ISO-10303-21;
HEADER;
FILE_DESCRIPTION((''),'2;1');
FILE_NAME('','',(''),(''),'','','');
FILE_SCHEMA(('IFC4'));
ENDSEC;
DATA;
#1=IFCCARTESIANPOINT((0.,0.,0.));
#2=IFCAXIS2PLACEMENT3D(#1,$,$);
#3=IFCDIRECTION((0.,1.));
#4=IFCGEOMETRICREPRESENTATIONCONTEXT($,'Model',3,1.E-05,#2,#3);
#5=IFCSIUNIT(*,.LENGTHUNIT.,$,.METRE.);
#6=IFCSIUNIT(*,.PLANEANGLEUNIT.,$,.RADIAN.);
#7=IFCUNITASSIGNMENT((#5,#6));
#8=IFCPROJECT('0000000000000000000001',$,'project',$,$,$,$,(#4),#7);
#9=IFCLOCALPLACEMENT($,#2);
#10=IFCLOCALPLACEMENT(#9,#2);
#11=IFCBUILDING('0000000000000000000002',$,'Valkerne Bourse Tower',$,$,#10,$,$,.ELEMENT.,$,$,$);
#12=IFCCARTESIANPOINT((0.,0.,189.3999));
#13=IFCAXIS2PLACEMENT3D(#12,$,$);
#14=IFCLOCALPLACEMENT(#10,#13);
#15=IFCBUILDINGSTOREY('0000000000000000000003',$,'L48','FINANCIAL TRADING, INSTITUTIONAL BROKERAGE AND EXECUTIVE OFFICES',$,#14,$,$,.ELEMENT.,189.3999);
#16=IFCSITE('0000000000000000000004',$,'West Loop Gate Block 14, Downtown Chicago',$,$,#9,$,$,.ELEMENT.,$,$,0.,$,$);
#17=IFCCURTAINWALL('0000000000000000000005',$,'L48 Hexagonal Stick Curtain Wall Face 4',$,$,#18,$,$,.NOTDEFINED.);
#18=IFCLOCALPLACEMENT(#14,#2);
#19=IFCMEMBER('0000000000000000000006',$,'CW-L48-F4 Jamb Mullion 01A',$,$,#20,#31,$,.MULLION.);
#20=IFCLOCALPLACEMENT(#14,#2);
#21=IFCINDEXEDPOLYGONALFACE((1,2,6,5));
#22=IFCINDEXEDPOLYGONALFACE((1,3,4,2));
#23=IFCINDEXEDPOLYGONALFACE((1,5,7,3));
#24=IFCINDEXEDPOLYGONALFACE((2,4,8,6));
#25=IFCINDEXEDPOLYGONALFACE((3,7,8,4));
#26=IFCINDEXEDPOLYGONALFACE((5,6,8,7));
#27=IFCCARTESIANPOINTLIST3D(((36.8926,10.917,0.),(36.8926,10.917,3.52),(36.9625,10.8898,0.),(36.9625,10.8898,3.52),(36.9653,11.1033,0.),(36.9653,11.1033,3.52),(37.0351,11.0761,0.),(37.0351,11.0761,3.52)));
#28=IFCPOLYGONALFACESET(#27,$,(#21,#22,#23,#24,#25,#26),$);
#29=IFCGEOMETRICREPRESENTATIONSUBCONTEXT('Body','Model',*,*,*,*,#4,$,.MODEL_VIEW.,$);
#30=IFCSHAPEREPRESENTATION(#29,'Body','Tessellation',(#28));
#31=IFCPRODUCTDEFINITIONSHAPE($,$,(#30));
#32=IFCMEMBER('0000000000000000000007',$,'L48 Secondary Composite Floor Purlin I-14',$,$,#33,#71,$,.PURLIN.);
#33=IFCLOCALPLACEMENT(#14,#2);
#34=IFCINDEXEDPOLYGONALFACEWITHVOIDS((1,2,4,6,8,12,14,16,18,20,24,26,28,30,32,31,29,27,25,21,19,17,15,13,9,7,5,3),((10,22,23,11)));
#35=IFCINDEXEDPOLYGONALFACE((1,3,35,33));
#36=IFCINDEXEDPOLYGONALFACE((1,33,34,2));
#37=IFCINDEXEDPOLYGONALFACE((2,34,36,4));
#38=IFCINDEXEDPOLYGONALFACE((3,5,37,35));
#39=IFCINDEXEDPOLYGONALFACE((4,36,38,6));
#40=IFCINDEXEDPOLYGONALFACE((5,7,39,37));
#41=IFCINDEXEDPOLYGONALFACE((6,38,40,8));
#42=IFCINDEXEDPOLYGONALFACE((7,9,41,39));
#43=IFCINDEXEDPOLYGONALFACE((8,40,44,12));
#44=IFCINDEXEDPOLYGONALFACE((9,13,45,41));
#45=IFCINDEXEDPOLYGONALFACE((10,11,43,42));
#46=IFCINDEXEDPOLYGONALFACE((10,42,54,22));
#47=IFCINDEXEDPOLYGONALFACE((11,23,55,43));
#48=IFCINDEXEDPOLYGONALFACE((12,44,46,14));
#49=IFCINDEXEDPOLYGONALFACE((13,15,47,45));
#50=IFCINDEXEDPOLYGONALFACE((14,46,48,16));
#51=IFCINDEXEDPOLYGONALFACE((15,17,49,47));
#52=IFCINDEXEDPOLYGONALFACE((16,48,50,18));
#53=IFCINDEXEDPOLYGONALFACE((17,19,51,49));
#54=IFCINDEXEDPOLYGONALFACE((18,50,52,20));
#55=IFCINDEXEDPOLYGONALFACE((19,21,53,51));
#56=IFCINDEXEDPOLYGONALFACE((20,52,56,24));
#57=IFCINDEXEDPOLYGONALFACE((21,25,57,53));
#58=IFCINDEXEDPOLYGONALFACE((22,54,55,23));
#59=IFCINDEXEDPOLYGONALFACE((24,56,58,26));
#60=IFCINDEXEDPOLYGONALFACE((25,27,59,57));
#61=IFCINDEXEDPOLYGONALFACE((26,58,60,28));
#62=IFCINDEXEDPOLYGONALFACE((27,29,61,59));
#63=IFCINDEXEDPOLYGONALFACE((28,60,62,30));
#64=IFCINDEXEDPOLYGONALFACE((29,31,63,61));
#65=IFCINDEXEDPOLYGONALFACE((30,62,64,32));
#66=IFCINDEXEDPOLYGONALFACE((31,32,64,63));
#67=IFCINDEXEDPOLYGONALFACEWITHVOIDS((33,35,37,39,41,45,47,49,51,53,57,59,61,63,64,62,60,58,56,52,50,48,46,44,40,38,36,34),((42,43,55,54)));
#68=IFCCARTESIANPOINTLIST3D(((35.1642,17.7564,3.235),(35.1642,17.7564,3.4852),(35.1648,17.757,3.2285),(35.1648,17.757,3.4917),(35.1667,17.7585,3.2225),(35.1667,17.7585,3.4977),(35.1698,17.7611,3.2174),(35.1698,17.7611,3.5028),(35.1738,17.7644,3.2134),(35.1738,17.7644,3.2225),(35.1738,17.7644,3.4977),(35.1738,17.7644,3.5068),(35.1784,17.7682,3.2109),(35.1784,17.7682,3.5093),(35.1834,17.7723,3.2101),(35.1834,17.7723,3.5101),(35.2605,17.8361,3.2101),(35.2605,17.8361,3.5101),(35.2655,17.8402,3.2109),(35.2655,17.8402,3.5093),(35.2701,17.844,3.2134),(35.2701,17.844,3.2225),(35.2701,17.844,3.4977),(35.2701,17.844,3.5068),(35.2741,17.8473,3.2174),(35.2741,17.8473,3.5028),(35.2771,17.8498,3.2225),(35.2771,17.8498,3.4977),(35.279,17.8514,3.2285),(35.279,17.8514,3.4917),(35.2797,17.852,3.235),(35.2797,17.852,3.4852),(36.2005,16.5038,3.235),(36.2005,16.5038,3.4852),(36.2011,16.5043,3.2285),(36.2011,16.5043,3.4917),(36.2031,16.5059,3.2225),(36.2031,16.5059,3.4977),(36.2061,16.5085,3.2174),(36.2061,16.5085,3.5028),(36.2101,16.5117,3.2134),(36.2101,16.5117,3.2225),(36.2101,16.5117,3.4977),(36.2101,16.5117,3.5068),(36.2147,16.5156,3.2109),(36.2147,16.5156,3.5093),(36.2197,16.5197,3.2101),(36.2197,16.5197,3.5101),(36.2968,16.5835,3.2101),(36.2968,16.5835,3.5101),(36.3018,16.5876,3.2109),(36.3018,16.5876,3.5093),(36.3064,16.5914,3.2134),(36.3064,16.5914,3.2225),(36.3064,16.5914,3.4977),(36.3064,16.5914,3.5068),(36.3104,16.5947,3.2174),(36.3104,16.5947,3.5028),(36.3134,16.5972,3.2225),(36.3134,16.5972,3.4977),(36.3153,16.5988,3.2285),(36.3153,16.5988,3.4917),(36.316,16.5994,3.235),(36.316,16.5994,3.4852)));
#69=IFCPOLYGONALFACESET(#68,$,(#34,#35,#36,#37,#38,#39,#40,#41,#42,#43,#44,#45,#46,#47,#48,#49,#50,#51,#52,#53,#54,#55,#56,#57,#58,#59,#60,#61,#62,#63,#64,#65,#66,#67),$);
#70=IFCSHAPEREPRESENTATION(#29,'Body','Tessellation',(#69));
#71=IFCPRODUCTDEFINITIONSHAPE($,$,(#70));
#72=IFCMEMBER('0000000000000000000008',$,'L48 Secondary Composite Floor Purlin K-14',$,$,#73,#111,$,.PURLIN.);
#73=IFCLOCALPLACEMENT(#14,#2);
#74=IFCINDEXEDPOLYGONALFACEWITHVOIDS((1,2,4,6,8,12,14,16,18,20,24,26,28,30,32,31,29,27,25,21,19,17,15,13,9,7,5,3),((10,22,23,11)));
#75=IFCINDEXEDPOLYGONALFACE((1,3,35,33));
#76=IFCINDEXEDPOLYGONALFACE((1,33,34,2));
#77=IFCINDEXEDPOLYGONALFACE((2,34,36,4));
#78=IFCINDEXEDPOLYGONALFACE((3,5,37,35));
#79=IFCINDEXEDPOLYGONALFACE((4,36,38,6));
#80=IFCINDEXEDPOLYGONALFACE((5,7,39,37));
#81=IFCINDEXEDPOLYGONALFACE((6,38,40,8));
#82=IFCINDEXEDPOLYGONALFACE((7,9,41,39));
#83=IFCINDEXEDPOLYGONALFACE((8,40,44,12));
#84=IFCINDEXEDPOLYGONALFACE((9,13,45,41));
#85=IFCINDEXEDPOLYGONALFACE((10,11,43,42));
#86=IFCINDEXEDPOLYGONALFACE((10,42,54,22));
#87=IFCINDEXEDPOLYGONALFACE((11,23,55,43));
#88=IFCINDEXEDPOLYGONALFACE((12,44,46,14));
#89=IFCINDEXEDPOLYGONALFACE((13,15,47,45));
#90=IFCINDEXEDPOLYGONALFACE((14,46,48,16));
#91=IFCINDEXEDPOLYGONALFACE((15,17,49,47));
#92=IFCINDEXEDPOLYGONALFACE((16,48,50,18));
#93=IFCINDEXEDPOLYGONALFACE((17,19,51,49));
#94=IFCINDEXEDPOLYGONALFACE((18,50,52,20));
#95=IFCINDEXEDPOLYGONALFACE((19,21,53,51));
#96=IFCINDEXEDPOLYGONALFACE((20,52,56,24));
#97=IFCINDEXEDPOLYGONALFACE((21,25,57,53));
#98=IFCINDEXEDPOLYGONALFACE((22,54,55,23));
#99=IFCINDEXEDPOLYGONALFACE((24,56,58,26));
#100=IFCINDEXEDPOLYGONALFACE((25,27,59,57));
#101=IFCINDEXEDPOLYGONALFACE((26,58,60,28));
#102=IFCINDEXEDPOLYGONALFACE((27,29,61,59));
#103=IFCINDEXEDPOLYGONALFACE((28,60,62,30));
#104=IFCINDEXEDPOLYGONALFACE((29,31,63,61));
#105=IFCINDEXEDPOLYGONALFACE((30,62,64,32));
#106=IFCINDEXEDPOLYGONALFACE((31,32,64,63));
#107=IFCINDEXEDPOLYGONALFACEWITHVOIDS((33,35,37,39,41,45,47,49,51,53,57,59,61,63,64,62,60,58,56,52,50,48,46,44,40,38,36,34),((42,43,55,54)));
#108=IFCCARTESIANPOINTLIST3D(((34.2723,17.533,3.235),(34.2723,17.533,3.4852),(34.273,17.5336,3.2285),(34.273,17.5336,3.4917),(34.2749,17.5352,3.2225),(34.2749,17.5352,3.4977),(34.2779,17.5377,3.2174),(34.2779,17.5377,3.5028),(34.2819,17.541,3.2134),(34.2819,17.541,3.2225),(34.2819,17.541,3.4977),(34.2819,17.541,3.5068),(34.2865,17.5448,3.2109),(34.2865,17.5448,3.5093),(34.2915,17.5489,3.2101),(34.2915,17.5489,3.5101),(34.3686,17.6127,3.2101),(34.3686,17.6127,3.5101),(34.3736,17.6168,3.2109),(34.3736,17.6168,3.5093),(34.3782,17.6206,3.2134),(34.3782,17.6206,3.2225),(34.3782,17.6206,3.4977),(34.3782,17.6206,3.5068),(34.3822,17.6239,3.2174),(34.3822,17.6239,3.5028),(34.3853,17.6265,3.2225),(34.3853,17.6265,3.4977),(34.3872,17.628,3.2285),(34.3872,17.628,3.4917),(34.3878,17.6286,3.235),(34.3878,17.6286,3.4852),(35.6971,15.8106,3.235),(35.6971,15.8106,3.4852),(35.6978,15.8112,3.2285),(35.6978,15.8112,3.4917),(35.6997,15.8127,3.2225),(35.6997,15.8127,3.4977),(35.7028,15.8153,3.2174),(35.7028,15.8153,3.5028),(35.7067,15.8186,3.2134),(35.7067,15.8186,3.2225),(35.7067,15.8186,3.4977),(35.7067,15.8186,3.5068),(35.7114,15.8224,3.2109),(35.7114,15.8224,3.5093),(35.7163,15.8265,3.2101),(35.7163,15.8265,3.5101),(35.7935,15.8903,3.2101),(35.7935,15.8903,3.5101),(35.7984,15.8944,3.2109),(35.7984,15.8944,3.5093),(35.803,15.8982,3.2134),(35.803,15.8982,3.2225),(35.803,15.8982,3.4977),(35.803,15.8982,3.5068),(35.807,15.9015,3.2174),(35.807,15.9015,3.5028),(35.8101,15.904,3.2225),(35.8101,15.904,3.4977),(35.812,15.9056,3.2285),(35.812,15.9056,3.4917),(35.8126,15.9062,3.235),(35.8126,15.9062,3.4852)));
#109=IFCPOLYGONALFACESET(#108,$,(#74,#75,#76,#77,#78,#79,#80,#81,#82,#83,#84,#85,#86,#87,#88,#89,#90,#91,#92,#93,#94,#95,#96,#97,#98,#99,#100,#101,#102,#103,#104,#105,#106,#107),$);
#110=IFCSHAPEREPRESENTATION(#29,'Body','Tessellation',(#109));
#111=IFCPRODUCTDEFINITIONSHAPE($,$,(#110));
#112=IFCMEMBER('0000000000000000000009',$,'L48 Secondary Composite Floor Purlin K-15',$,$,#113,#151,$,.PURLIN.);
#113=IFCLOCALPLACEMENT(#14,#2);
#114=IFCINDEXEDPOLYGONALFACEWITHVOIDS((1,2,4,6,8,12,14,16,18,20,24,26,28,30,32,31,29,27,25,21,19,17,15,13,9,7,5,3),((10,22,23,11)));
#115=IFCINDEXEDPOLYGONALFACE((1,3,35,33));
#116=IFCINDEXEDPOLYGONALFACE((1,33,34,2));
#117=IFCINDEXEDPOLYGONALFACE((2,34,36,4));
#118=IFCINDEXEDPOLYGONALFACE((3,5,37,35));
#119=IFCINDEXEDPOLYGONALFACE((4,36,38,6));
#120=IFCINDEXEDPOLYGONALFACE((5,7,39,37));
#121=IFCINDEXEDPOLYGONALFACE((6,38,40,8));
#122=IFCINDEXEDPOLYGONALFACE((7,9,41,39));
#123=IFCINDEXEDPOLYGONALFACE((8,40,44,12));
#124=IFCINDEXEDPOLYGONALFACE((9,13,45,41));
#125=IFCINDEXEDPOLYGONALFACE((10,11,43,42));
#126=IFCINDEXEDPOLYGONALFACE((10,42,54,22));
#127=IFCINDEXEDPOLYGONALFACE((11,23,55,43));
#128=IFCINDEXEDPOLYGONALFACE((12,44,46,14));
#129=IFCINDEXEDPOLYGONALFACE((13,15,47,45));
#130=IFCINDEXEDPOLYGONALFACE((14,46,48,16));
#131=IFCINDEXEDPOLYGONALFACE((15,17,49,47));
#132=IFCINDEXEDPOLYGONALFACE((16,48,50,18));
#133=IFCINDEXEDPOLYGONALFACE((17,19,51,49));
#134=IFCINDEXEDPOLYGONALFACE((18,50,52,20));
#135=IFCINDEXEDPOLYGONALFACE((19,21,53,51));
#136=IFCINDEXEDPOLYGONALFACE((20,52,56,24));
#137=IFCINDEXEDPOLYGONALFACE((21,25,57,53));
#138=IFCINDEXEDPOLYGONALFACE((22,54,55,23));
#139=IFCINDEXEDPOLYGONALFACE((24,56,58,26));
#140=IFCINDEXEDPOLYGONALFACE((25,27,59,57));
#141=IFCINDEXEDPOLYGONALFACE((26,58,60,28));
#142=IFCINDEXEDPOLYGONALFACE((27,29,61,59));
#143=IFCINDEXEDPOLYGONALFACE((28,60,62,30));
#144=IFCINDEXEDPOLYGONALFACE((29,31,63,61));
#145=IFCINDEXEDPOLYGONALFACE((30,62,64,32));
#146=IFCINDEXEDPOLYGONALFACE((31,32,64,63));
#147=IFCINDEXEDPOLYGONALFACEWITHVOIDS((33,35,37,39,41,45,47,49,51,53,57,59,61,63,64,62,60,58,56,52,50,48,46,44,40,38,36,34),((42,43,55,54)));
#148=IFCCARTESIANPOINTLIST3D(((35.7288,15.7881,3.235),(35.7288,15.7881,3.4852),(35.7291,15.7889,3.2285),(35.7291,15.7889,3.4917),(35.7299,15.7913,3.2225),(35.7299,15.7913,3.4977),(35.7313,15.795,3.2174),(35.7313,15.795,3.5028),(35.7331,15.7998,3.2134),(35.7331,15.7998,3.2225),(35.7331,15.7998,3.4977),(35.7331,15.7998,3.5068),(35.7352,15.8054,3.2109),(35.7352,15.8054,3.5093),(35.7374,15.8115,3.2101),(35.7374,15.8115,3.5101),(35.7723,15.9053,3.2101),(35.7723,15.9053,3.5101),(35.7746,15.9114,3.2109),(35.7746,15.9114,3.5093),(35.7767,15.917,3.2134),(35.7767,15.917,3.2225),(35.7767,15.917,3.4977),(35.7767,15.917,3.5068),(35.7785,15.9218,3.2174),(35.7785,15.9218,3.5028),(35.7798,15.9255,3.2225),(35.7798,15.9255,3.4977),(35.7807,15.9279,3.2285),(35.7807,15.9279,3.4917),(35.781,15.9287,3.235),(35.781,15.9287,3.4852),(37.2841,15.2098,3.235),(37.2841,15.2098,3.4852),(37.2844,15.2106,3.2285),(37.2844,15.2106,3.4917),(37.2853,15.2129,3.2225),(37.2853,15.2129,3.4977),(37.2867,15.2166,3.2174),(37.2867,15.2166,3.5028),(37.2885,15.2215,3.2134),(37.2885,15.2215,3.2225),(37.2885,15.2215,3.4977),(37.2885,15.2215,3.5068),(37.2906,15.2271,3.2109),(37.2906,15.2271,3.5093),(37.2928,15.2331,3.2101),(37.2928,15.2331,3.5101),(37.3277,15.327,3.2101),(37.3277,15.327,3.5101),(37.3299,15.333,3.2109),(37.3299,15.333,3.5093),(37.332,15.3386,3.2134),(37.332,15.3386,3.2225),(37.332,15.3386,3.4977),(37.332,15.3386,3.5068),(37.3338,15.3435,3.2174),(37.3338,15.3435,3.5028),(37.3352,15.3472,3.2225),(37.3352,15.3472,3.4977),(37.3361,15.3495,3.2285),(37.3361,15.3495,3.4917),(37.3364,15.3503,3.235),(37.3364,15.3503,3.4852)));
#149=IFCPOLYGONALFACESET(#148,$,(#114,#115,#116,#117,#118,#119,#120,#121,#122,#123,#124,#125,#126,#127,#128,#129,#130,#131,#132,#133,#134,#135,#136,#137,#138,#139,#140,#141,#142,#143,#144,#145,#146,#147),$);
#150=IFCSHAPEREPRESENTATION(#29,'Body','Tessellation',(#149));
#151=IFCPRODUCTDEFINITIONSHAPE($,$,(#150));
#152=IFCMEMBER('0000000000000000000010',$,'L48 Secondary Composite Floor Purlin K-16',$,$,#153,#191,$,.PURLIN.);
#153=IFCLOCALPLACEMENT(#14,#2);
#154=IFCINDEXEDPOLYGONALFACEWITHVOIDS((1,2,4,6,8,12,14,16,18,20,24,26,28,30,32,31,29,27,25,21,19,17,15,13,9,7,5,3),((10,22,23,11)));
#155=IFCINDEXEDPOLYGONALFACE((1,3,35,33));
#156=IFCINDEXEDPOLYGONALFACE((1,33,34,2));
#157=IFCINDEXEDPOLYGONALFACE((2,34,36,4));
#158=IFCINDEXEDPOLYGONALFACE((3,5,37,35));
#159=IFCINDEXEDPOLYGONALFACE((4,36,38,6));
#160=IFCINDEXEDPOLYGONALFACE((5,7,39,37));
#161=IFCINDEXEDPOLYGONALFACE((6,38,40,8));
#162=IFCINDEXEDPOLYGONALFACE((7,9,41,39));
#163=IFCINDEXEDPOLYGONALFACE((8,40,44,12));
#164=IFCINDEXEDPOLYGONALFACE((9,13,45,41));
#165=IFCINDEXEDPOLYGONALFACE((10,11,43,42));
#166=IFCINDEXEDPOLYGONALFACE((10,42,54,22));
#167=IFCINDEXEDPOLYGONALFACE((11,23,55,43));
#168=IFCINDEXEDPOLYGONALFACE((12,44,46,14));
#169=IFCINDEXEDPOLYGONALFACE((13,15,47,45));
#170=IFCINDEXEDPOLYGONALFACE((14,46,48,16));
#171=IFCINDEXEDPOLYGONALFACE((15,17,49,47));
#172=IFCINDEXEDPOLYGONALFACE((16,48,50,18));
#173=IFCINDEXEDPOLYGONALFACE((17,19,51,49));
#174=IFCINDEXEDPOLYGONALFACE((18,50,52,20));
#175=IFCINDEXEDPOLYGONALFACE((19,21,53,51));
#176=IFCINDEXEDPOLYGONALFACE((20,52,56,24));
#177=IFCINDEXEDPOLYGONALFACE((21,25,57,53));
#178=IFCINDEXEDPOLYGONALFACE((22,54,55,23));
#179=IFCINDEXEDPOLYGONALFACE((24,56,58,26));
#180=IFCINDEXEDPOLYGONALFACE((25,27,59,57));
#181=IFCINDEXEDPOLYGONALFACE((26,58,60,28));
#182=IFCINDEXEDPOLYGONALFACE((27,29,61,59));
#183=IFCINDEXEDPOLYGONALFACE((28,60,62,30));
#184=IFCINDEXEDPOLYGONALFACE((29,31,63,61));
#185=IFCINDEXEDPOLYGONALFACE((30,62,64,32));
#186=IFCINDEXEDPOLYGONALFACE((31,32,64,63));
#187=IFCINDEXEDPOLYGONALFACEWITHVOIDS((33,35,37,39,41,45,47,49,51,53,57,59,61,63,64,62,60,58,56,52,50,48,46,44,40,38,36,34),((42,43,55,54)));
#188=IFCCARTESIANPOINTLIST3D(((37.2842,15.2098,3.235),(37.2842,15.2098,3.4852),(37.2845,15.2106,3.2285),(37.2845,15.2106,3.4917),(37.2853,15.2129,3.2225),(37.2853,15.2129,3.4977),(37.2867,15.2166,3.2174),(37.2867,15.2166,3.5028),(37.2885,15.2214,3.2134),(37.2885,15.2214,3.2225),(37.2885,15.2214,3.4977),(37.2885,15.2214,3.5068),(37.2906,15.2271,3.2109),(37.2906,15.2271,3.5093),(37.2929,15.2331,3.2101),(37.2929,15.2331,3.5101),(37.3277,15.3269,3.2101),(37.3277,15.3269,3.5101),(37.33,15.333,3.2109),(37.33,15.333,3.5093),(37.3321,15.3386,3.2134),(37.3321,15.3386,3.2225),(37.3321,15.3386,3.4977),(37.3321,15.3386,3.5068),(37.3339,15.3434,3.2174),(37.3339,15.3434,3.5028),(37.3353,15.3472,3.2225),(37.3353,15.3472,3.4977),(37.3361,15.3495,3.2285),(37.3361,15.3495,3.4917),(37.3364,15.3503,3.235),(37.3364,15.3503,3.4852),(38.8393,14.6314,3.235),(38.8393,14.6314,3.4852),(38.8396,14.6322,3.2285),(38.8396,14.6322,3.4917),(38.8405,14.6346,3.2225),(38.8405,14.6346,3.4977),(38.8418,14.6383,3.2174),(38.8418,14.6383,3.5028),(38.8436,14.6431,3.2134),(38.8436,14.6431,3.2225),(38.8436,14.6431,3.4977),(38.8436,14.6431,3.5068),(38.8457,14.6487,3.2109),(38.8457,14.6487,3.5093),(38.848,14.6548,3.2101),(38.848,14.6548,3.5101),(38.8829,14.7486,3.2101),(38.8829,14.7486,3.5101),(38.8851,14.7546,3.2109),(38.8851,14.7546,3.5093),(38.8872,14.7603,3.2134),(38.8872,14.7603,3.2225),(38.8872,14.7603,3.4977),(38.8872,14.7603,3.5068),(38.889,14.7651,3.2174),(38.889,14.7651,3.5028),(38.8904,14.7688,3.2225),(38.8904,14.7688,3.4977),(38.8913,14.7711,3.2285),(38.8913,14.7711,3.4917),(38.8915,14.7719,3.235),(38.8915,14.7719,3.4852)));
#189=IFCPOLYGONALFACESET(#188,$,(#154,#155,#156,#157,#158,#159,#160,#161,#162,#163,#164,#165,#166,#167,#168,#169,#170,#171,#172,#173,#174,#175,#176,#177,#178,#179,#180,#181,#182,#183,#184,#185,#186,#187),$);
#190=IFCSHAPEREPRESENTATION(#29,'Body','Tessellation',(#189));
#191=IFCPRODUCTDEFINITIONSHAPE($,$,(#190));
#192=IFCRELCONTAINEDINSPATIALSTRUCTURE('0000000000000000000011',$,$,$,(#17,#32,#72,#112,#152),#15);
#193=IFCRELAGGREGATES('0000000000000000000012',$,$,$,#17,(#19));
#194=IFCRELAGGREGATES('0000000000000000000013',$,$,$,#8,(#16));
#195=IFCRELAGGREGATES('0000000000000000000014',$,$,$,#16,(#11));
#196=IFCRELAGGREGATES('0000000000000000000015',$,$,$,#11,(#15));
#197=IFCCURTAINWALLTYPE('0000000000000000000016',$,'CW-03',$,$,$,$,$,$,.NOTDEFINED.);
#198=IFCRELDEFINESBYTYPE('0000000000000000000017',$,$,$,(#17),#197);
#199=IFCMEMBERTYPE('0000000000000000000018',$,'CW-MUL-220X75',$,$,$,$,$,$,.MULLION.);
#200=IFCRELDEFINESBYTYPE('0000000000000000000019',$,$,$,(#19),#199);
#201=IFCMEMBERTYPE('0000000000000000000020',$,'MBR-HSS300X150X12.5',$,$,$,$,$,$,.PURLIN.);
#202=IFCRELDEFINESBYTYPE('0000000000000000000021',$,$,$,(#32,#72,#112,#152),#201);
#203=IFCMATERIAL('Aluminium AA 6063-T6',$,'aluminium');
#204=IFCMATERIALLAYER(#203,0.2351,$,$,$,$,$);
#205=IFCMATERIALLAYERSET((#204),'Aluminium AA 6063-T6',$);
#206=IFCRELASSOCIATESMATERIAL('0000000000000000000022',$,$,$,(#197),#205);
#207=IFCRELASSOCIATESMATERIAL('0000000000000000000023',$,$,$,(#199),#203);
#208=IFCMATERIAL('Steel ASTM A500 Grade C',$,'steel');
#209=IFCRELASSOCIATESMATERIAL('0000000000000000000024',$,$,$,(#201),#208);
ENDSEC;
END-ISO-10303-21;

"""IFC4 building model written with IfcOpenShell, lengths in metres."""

from ifc_helpers import new_model, si_unit, direction, frame, origin, origin_2d, place, context, subcontext, project, spatial, rectangle, hollow_rectangle, extrude, material, layer, layer_set, material_profile, profile_set, type_object, element, aggregate, save


model = new_model("IFC4")

# Units and contexts
model_context = context("Model", 3, precision=1e-05, world=origin(), true_north=direction((0.0, 1.0)))
body_context = subcontext(model_context, "Body", "Model", "MODEL_VIEW")
ifc_project = project(units=[si_unit("LENGTHUNIT", "METRE"), si_unit("PLANEANGLEUNIT", "RADIAN")], contexts=[model_context])

# Site, building, storey
site_placement = place(None, origin())
site = spatial("IfcSite", under=ifc_project, at=site_placement, Name="West Loop Gate Block 14, Downtown Chicago", CompositionType="ELEMENT", RefElevation=0.0)
building_placement = place(site_placement, origin())
building = spatial("IfcBuilding", under=site, at=building_placement, Name="Valkerne Bourse Tower", CompositionType="ELEMENT")
storey_placement = place(building_placement, frame((0.0, 0.0, 189.3999)))
storey = spatial("IfcBuildingStorey", under=building, at=storey_placement, Name="L48", Description="FINANCIAL TRADING, INSTITUTIONAL BROKERAGE AND EXECUTIVE OFFICES", CompositionType="ELEMENT", Elevation=189.3999)

# Curtain wall, member
ifc_material_1 = material(Name="Aluminium AA 6063-T6", Category="aluminium")
ifc_layer_1 = layer(ifc_material_1, 0.2351)
ifc_layer_set_1 = layer_set([ifc_layer_1], Name="Aluminium AA 6063-T6")
curtain_wall_type = type_object("IfcCurtainWallType", Name="CW-03", PredefinedType="NOTDEFINED", material=ifc_layer_set_1)
curtain_wall_placement = place(storey_placement, origin())
curtain_wall = element("IfcCurtainWall", 1, at=curtain_wall_placement, inside=storey, type_object=curtain_wall_type, Name="L48 Hexagonal Stick Curtain Wall Face 4", PredefinedType="NOTDEFINED")
ifc_material_profile_1 = material_profile(ifc_material_1, rectangle(XDim=0.075, YDim=0.2, at=origin_2d()), Name="CWM-75X200")
ifc_profile_set_1 = profile_set([ifc_material_profile_1], Name="Aluminium AA 6063-T6")
member_type_1 = type_object("IfcMemberType", Name="CW-MUL-220X75", PredefinedType="MULLION", material=ifc_profile_set_1)
member_1_placement = place(storey_placement, frame((36.9639, 10.9966, 0.0), z_axis=(0.0, 0.0, 1.0), x_axis=(0.931693, -0.363247, 0.0)))
member_1 = element("IfcMember", 2, at=member_1_placement, type_object=member_type_1, Name="CW-L48-F4 Jamb Mullion 01A", PredefinedType="MULLION", context=body_context, shape_type="SweptSolid", body=[
    extrude(rectangle(XDim=0.075, YDim=0.2, at=origin_2d()), origin(), (0.0, 0.0, 1.0), 3.52),
])

# Members
ifc_material_2 = material(Name="Steel ASTM A500 Grade C", Category="steel")
ifc_material_profile_2 = material_profile(ifc_material_2, hollow_rectangle(XDim=0.1499, YDim=0.3, WallThickness=0.0125, OuterFilletRadius=0.0249, at=origin_2d()), Name="HSS300X150X12.5")
ifc_profile_set_2 = profile_set([ifc_material_profile_2], Name="Steel ASTM A500 Grade C")
member_type_2 = type_object("IfcMemberType", Name="MBR-HSS300X150X12.5", PredefinedType="PURLIN", material=ifc_profile_set_2)
member_2_placement = place(storey_placement, frame((35.2219, 17.8042, 3.3601), z_axis=(0.637448, -0.770494, 0.0), x_axis=(0.770494, 0.637448, 0.0)))
element("IfcMember", 3, at=member_2_placement, inside=storey, type_object=member_type_2, Name="L48 Secondary Composite Floor Purlin I-14", PredefinedType="PURLIN", context=body_context, shape_type="SweptSolid", body=[
    extrude(hollow_rectangle(XDim=0.1499, YDim=0.3, WallThickness=0.0125, OuterFilletRadius=0.0249, at=origin_2d()), origin(), (0.0, 0.0, 1.0), 1.6257),
])
member_3_placement = place(storey_placement, frame((34.3301, 17.5808, 3.3601), z_axis=(0.637398, -0.770535, 0.0), x_axis=(0.770535, 0.637398, 0.0)))
element("IfcMember", 4, at=member_3_placement, inside=storey, type_object=member_type_2, Name="L48 Secondary Composite Floor Purlin K-14", PredefinedType="PURLIN", context=body_context, shape_type="SweptSolid", body=[
    extrude(hollow_rectangle(XDim=0.1499, YDim=0.3, WallThickness=0.0125, OuterFilletRadius=0.0249, at=origin_2d()), origin(), (0.0, 0.0, 1.0), 2.2354),
])
member_4_placement = place(storey_placement, frame((35.7549, 15.8584, 3.3601), z_axis=(0.937299, -0.348526, 0.0), x_axis=(0.348526, 0.937299, 0.0)))
element("IfcMember", 5, at=member_4_placement, inside=storey, type_object=member_type_2, Name="L48 Secondary Composite Floor Purlin K-15", PredefinedType="PURLIN", context=body_context, shape_type="SweptSolid", body=[
    extrude(hollow_rectangle(XDim=0.1499, YDim=0.3, WallThickness=0.0125, OuterFilletRadius=0.0249, at=origin_2d()), origin(), (0.0, 0.0, 1.0), 1.6594),
])
member_5_placement = place(storey_placement, frame((37.3103, 15.28, 3.3601), z_axis=(0.937281, -0.348574, 0.0), x_axis=(0.348574, 0.937281, 0.0)))
element("IfcMember", 6, at=member_5_placement, inside=storey, type_object=member_type_2, Name="L48 Secondary Composite Floor Purlin K-16", PredefinedType="PURLIN", context=body_context, shape_type="SweptSolid", body=[
    extrude(hollow_rectangle(XDim=0.1499, YDim=0.3, WallThickness=0.0125, OuterFilletRadius=0.0249, at=origin_2d()), origin(), (0.0, 0.0, 1.0), 1.6592),
])

aggregate(curtain_wall, [member_1])

save(model, "model.ifc")
